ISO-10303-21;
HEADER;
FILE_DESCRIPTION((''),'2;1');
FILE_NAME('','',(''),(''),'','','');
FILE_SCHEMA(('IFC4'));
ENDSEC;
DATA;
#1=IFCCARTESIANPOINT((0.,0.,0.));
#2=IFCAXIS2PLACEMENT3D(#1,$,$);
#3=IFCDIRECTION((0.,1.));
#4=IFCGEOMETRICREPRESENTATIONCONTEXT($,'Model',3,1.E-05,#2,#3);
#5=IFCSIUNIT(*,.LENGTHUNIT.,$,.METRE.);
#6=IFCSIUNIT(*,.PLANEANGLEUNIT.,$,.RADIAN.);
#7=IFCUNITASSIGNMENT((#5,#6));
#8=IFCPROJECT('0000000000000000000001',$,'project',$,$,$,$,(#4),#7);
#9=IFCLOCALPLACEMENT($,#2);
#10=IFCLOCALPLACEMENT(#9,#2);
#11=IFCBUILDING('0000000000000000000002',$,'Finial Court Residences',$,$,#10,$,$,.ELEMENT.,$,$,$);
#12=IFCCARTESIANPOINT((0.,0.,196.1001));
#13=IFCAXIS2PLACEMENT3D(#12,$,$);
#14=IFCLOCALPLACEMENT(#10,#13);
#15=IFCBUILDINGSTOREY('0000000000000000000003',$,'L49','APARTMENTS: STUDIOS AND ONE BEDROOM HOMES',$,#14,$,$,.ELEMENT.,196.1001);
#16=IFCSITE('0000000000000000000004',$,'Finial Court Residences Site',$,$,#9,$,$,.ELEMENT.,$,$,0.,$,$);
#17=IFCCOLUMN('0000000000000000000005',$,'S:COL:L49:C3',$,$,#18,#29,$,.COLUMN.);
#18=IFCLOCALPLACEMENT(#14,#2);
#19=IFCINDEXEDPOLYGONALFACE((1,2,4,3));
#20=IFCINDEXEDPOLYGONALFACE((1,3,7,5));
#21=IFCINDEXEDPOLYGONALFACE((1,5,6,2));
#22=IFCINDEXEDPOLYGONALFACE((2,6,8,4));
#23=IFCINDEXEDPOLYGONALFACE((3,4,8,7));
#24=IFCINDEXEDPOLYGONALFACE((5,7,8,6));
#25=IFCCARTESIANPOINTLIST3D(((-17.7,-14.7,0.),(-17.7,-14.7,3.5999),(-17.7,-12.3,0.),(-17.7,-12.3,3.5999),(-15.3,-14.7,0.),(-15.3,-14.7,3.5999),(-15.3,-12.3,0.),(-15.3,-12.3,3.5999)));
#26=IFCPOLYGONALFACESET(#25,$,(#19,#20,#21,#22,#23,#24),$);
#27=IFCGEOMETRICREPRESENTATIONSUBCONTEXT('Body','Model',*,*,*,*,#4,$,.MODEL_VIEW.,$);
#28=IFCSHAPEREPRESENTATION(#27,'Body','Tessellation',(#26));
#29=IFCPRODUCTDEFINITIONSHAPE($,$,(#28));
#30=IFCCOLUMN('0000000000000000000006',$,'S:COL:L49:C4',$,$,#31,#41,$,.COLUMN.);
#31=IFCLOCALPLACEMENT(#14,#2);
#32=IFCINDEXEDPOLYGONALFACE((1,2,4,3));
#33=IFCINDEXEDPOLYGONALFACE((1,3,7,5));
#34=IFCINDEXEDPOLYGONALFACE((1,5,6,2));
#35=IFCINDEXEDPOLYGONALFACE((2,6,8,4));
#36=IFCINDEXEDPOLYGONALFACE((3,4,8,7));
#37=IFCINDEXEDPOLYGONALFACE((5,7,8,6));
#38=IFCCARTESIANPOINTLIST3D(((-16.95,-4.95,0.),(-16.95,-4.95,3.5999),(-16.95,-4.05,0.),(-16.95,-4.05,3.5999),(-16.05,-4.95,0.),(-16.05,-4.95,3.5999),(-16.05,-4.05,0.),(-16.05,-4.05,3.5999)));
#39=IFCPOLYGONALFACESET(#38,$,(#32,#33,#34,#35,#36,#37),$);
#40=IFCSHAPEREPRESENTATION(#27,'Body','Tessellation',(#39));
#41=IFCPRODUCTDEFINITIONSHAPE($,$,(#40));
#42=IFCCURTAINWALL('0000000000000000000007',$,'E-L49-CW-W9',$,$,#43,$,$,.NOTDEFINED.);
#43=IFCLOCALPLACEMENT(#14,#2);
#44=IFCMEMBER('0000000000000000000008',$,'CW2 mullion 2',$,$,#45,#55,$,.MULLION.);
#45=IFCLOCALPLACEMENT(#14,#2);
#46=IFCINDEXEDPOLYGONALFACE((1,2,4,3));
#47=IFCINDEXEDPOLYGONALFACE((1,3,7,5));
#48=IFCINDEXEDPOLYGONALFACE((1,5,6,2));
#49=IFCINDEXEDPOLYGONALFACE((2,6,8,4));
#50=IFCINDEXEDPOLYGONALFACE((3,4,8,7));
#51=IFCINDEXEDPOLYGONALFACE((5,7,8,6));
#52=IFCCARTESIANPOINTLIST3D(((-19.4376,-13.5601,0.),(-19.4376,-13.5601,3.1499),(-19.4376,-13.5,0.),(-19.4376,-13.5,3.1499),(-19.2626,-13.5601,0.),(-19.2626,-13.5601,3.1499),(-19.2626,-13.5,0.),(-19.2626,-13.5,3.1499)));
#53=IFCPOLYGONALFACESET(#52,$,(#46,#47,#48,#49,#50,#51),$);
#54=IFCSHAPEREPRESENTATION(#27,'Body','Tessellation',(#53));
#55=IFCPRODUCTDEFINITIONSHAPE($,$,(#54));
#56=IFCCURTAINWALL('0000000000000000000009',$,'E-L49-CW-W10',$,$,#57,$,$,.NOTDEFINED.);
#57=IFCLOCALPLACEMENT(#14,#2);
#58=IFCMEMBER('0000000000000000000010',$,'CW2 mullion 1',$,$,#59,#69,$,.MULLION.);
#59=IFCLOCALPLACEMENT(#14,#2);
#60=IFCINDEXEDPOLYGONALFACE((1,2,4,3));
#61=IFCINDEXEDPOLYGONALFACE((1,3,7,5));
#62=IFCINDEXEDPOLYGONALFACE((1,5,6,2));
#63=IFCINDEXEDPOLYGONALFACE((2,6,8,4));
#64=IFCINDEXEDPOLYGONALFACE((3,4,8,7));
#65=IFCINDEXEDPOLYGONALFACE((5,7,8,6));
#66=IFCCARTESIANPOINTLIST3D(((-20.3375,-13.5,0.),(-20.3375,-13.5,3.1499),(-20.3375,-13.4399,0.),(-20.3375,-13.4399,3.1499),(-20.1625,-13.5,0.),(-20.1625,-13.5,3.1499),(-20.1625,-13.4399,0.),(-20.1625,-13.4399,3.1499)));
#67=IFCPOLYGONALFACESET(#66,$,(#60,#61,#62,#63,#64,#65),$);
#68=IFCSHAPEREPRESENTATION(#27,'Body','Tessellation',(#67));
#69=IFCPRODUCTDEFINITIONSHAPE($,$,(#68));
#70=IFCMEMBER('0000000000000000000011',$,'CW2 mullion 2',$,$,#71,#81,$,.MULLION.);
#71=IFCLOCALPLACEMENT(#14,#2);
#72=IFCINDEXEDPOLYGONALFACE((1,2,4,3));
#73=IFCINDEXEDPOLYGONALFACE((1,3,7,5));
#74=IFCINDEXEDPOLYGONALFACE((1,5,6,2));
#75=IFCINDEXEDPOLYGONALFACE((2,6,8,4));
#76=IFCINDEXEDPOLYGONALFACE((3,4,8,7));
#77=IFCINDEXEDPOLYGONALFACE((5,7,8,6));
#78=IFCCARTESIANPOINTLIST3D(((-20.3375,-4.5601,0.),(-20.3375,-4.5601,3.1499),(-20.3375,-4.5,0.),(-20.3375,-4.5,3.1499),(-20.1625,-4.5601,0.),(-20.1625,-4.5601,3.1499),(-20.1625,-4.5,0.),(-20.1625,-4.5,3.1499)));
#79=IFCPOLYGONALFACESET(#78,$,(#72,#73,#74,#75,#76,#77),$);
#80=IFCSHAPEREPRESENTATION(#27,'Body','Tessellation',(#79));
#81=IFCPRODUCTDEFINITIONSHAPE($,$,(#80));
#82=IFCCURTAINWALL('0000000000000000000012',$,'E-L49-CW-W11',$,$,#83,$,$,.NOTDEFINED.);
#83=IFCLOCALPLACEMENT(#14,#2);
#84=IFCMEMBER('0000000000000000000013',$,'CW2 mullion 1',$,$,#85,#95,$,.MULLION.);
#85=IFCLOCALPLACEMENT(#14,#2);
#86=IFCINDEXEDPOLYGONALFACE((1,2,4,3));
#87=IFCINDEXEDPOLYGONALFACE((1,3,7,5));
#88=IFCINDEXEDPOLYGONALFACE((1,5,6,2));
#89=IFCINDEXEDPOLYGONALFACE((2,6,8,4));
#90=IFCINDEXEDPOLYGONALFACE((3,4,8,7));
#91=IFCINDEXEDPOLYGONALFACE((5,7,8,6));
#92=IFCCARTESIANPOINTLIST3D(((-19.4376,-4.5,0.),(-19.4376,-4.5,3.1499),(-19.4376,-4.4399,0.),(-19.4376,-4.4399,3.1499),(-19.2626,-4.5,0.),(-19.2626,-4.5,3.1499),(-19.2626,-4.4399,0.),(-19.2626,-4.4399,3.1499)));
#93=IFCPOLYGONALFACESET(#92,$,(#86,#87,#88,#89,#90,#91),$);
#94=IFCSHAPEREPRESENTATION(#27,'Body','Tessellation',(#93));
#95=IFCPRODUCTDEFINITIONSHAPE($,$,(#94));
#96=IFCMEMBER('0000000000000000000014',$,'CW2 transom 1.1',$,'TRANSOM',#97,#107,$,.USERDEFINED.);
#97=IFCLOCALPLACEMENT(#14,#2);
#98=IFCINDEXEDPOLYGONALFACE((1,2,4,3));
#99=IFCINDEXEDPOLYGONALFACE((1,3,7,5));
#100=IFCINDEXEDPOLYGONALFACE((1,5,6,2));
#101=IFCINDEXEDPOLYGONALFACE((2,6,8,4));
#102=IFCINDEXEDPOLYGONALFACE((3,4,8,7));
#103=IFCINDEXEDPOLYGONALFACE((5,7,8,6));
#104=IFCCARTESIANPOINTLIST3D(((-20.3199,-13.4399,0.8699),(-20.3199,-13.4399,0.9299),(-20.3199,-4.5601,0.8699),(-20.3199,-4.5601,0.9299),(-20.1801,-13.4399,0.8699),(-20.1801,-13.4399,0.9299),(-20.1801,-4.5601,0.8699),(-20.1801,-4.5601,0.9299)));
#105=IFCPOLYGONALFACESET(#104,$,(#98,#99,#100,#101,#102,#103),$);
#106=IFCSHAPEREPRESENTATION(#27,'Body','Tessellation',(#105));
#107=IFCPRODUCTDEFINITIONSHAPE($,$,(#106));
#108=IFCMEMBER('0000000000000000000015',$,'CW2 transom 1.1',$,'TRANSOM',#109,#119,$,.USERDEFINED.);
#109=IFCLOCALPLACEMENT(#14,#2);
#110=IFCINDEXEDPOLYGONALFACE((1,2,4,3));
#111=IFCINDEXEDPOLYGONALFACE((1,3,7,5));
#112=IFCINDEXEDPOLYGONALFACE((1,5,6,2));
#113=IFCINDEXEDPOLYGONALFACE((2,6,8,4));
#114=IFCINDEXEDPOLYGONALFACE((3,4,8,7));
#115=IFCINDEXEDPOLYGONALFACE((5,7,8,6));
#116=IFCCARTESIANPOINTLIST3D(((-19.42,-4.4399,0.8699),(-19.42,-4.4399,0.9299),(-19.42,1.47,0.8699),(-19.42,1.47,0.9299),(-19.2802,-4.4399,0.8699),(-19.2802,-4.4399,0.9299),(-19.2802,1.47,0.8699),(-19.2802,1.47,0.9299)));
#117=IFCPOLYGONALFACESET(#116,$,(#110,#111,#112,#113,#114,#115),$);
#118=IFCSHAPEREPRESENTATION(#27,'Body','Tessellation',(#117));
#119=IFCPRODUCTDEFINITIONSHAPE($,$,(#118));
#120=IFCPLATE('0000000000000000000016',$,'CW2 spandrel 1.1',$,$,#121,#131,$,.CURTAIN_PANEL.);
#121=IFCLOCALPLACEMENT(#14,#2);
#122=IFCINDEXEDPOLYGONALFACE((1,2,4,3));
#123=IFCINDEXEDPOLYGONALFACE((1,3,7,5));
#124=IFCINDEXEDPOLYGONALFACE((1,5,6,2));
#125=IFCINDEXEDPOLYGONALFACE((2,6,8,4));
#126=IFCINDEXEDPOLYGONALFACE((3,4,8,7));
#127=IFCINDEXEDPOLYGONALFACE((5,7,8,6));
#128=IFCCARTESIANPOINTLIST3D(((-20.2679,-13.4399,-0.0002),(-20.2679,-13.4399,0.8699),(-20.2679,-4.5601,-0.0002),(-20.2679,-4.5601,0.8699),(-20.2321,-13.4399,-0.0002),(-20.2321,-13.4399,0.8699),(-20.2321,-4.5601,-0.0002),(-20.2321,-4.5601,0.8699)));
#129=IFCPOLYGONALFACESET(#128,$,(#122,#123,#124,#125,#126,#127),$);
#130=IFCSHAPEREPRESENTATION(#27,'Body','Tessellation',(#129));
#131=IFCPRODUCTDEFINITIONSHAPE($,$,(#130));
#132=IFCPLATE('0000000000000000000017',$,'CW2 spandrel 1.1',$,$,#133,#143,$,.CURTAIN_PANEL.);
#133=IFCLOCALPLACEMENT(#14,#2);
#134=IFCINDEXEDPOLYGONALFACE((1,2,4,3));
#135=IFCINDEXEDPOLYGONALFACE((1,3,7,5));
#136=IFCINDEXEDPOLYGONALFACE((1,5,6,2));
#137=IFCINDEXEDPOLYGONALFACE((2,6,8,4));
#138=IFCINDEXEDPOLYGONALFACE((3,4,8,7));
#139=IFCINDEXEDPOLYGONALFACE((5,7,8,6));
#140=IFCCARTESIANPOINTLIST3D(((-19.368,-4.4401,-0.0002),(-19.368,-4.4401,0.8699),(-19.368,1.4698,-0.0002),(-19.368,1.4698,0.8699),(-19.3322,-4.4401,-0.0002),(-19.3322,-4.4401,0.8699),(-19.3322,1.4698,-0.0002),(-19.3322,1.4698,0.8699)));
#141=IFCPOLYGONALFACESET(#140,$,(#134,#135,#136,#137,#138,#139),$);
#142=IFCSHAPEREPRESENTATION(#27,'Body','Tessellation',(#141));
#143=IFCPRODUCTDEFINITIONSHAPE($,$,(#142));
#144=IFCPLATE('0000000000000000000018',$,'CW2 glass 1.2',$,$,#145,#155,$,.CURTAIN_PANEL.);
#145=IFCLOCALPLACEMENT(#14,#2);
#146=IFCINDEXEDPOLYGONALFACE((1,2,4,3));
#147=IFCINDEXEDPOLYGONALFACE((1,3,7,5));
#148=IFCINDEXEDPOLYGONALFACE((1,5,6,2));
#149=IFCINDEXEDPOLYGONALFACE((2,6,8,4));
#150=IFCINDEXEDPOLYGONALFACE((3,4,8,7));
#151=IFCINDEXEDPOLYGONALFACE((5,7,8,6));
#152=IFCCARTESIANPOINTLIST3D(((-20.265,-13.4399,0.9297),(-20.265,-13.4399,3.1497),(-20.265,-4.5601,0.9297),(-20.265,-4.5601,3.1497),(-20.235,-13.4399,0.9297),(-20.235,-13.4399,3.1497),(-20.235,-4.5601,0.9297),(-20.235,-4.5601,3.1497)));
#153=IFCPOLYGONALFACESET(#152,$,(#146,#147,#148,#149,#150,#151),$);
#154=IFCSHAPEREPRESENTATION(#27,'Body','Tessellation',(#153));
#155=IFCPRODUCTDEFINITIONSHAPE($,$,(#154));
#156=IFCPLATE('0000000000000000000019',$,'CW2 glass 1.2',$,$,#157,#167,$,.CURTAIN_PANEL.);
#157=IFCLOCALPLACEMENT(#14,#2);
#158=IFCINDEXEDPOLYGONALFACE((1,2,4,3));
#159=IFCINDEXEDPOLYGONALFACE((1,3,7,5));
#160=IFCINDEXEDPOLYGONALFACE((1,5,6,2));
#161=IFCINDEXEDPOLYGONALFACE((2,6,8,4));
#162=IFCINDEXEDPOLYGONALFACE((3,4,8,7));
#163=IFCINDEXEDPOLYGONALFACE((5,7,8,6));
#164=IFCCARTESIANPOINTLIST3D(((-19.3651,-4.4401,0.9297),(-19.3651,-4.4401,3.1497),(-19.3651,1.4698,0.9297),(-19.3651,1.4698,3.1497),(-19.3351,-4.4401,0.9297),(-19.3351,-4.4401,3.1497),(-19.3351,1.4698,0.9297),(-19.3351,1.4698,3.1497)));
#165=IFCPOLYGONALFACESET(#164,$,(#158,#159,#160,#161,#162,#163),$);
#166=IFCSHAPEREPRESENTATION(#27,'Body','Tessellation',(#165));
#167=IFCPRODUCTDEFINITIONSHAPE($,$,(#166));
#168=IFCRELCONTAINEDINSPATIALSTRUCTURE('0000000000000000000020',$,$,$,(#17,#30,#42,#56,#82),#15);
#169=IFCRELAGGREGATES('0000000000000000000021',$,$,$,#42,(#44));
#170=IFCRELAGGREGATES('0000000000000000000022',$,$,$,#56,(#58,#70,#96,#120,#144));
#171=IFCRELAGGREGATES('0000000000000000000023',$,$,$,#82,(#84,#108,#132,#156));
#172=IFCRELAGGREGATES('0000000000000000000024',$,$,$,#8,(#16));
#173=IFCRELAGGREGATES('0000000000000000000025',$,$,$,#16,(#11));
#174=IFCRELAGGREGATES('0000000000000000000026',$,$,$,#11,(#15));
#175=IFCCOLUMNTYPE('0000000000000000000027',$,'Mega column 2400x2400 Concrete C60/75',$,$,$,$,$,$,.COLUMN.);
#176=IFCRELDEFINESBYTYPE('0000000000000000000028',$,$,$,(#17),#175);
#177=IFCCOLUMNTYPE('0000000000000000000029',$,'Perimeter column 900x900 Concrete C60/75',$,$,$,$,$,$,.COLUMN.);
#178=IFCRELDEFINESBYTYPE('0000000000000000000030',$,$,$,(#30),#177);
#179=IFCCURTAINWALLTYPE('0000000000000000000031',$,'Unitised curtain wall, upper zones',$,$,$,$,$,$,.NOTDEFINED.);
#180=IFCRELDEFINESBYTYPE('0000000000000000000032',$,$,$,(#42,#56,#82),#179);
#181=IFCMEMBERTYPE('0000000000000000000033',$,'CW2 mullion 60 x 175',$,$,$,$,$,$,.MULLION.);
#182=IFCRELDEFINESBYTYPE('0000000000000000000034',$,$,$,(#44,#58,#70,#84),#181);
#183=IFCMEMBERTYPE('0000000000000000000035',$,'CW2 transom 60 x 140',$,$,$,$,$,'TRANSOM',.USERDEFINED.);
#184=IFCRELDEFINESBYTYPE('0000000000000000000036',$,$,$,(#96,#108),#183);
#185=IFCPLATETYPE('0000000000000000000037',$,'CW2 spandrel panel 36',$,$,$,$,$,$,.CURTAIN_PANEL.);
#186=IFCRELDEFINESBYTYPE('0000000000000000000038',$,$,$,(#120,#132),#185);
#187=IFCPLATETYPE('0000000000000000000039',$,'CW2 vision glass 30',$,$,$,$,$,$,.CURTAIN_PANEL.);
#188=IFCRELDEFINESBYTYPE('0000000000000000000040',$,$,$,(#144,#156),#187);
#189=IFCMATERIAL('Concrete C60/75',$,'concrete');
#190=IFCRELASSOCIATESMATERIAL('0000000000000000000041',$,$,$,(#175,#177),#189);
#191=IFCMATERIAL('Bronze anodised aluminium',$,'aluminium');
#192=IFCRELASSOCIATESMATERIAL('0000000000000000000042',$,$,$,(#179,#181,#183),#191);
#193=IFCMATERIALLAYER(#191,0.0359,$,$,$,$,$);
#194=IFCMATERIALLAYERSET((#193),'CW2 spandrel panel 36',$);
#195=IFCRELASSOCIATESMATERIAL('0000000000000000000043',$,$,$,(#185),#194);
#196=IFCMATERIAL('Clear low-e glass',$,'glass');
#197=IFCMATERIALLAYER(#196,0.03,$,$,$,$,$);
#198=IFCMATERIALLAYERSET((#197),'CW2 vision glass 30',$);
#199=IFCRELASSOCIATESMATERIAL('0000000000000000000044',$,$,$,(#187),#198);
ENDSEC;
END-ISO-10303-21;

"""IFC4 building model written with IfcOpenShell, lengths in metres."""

from ifc_helpers import new_model, si_unit, direction, frame, origin, origin_2d, place, context, subcontext, project, spatial, rectangle, extrude, material, layer, layer_set, material_profile, profile_set, type_object, element, aggregate, save


model = new_model("IFC4")

# Units and contexts
model_context = context("Model", 3, precision=1e-05, world=origin(), true_north=direction((0.0, 1.0)))
body_context = subcontext(model_context, "Body", "Model", "MODEL_VIEW")
ifc_project = project(units=[si_unit("LENGTHUNIT", "METRE"), si_unit("PLANEANGLEUNIT", "RADIAN")], contexts=[model_context])

# Site, building, storey
site_placement = place(None, origin())
site = spatial("IfcSite", under=ifc_project, at=site_placement, Name="Finial Court Residences Site", CompositionType="ELEMENT", RefElevation=0.0)
building_placement = place(site_placement, origin())
building = spatial("IfcBuilding", under=site, at=building_placement, Name="Finial Court Residences", CompositionType="ELEMENT")
storey_placement = place(building_placement, frame((0.0, 0.0, 196.1001)))
storey = spatial("IfcBuildingStorey", under=building, at=storey_placement, Name="L49", Description="APARTMENTS: STUDIOS AND ONE BEDROOM HOMES", CompositionType="ELEMENT", Elevation=196.1001)

# Columns
ifc_material_1 = material(Name="Concrete C60/75", Category="concrete")
ifc_material_profile_1 = material_profile(ifc_material_1, rectangle(XDim=2.3999, YDim=2.3999, at=origin_2d()), Name="2400x2400")
ifc_profile_set_1 = profile_set([ifc_material_profile_1], Name="Concrete C60/75")
column_type_1 = type_object("IfcColumnType", Name="Mega column 2400x2400 Concrete C60/75", PredefinedType="COLUMN", material=ifc_profile_set_1)
column_1_placement = place(storey_placement, frame((-16.5, -13.5, 0.0), z_axis=(0.0, 0.0, 1.0), x_axis=(1.0, 0.0, 0.0)))
element("IfcColumn", 1, at=column_1_placement, inside=storey, type_object=column_type_1, Name="S:COL:L49:C3", PredefinedType="COLUMN", context=body_context, shape_type="SweptSolid", body=[
    extrude(rectangle(XDim=2.3999, YDim=2.3999, at=origin_2d()), origin(), (0.0, 0.0, 1.0), 3.5999),
])
ifc_material_profile_2 = material_profile(ifc_material_1, rectangle(XDim=0.8999, YDim=0.8999, at=origin_2d()), Name="900x900")
ifc_profile_set_2 = profile_set([ifc_material_profile_2], Name="Concrete C60/75")
column_type_2 = type_object("IfcColumnType", Name="Perimeter column 900x900 Concrete C60/75", PredefinedType="COLUMN", material=ifc_profile_set_2)
column_2_placement = place(storey_placement, frame((-16.5, -4.5, 0.0), z_axis=(0.0, 0.0, 1.0), x_axis=(1.0, 0.0, 0.0)))
element("IfcColumn", 2, at=column_2_placement, inside=storey, type_object=column_type_2, Name="S:COL:L49:C4", PredefinedType="COLUMN", context=body_context, shape_type="SweptSolid", body=[
    extrude(rectangle(XDim=0.8999, YDim=0.8999, at=origin_2d()), origin(), (0.0, 0.0, 1.0), 3.5999),
])

# Curtain wall, member
ifc_material_2 = material(Name="Bronze anodised aluminium", Category="aluminium")
curtain_wall_type = type_object("IfcCurtainWallType", Name="Unitised curtain wall, upper zones", PredefinedType="NOTDEFINED", material=ifc_material_2)
curtain_wall_1_placement = place(storey_placement, origin())
curtain_wall_1 = element("IfcCurtainWall", 3, at=curtain_wall_1_placement, inside=storey, type_object=curtain_wall_type, Name="E-L49-CW-W9", PredefinedType="NOTDEFINED")
ifc_material_profile_3 = material_profile(ifc_material_2, rectangle(XDim=0.175, YDim=0.0601, at=origin_2d()), Name="CW2 mullion 60 x 175")
ifc_profile_set_3 = profile_set([ifc_material_profile_3], Name="Bronze anodised aluminium")
member_type_1 = type_object("IfcMemberType", Name="CW2 mullion 60 x 175", PredefinedType="MULLION", material=ifc_profile_set_3)
member_1_placement = place(storey_placement, frame((-19.3501, -13.53, 0.0), z_axis=(0.0, 0.0, 1.0), x_axis=(-1.0, 0.0, 0.0)))
member_1 = element("IfcMember", 4, at=member_1_placement, type_object=member_type_1, Name="CW2 mullion 2", PredefinedType="MULLION", context=body_context, shape_type="SweptSolid", body=[
    extrude(rectangle(XDim=0.175, YDim=0.0601, at=origin_2d()), origin(), (0.0, 0.0, 1.0), 3.1499),
])
aggregate(curtain_wall_1, [member_1])

# Curtain wall, members
curtain_wall_2_placement = place(storey_placement, origin())
curtain_wall_2 = element("IfcCurtainWall", 5, at=curtain_wall_2_placement, inside=storey, type_object=curtain_wall_type, Name="E-L49-CW-W10", PredefinedType="NOTDEFINED")
member_2_placement = place(storey_placement, frame((-20.25, -13.47, 0.0), z_axis=(0.0, 0.0, 1.0), x_axis=(-1.0, 0.0, 0.0)))
member_2 = element("IfcMember", 6, at=member_2_placement, type_object=member_type_1, Name="CW2 mullion 1", PredefinedType="MULLION", context=body_context, shape_type="SweptSolid", body=[
    extrude(rectangle(XDim=0.175, YDim=0.0601, at=origin_2d()), origin(), (0.0, 0.0, 1.0), 3.1499),
])
member_3_placement = place(storey_placement, frame((-20.25, -4.53, 0.0), z_axis=(0.0, 0.0, 1.0), x_axis=(-1.0, 0.0, 0.0)))
member_3 = element("IfcMember", 7, at=member_3_placement, type_object=member_type_1, Name="CW2 mullion 2", PredefinedType="MULLION", context=body_context, shape_type="SweptSolid", body=[
    extrude(rectangle(XDim=0.175, YDim=0.0601, at=origin_2d()), origin(), (0.0, 0.0, 1.0), 3.1499),
])

# Curtain wall, member
curtain_wall_3_placement = place(storey_placement, origin())
curtain_wall_3 = element("IfcCurtainWall", 8, at=curtain_wall_3_placement, inside=storey, type_object=curtain_wall_type, Name="E-L49-CW-W11", PredefinedType="NOTDEFINED")
member_4_placement = place(storey_placement, frame((-19.3501, -4.47, 0.0), z_axis=(0.0, 0.0, 1.0), x_axis=(-1.0, 0.0, 0.0)))
member_4 = element("IfcMember", 9, at=member_4_placement, type_object=member_type_1, Name="CW2 mullion 1", PredefinedType="MULLION", context=body_context, shape_type="SweptSolid", body=[
    extrude(rectangle(XDim=0.175, YDim=0.0601, at=origin_2d()), origin(), (0.0, 0.0, 1.0), 3.1499),
])

# Members
ifc_material_profile_4 = material_profile(ifc_material_2, rectangle(XDim=0.1399, YDim=0.0601, at=origin_2d()), Name="CW2 transom 60 x 140")
ifc_profile_set_4 = profile_set([ifc_material_profile_4], Name="Bronze anodised aluminium")
member_type_2 = type_object("IfcMemberType", Name="CW2 transom 60 x 140", ElementType="TRANSOM", PredefinedType="USERDEFINED", material=ifc_profile_set_4)
member_5_placement = place(storey_placement, frame((-20.25, -13.4399, 0.8999), z_axis=(0.0, 1.0, 0.0), x_axis=(-1.0, 0.0, 0.0)))
member_5 = element("IfcMember", 10, at=member_5_placement, type_object=member_type_2, Name="CW2 transom 1.1", ObjectType="TRANSOM", PredefinedType="USERDEFINED", context=body_context, shape_type="SweptSolid", body=[
    extrude(rectangle(XDim=0.1399, YDim=0.0601, at=origin_2d()), origin(), (0.0, 0.0, 1.0), 8.8799),
])
member_6_placement = place(storey_placement, frame((-19.3501, -4.4399, 0.8999), z_axis=(0.0, 1.0, 0.0), x_axis=(-1.0, 0.0, 0.0)))
member_6 = element("IfcMember", 11, at=member_6_placement, type_object=member_type_2, Name="CW2 transom 1.1", ObjectType="TRANSOM", PredefinedType="USERDEFINED", context=body_context, shape_type="SweptSolid", body=[
    extrude(rectangle(XDim=0.1399, YDim=0.0601, at=origin_2d()), origin(), (0.0, 0.0, 1.0), 5.9099),
])

# Plates
ifc_layer_1 = layer(ifc_material_2, 0.0359)
ifc_layer_set_1 = layer_set([ifc_layer_1], Name="CW2 spandrel panel 36")
plate_type_1 = type_object("IfcPlateType", Name="CW2 spandrel panel 36", PredefinedType="CURTAIN_PANEL", material=ifc_layer_set_1)
plate_1_placement = place(storey_placement, frame((-20.25, -9.0, -0.0002), z_axis=(0.0, 0.0, 1.0), x_axis=(0.0, 1.0, 0.0)))
plate_1 = element("IfcPlate", 12, at=plate_1_placement, type_object=plate_type_1, Name="CW2 spandrel 1.1", PredefinedType="CURTAIN_PANEL", context=body_context, shape_type="SweptSolid", body=[
    extrude(rectangle(XDim=8.8799, YDim=0.0359, at=origin_2d()), origin(), (0.0, 0.0, 1.0), 0.8701),
])
plate_2_placement = place(storey_placement, frame((-19.3501, -1.4851, -0.0002), z_axis=(0.0, 0.0, 1.0), x_axis=(0.0, 1.0, 0.0)))
plate_2 = element("IfcPlate", 13, at=plate_2_placement, type_object=plate_type_1, Name="CW2 spandrel 1.1", PredefinedType="CURTAIN_PANEL", context=body_context, shape_type="SweptSolid", body=[
    extrude(rectangle(XDim=5.9099, YDim=0.0359, at=origin_2d()), origin(), (0.0, 0.0, 1.0), 0.8701),
])
ifc_material_3 = material(Name="Clear low-e glass", Category="glass")
ifc_layer_2 = layer(ifc_material_3, 0.03)
ifc_layer_set_2 = layer_set([ifc_layer_2], Name="CW2 vision glass 30")
plate_type_2 = type_object("IfcPlateType", Name="CW2 vision glass 30", PredefinedType="CURTAIN_PANEL", material=ifc_layer_set_2)
plate_3_placement = place(storey_placement, frame((-20.25, -9.0, 0.9297), z_axis=(0.0, 0.0, 1.0), x_axis=(0.0, 1.0, 0.0)))
plate_3 = element("IfcPlate", 14, at=plate_3_placement, type_object=plate_type_2, Name="CW2 glass 1.2", PredefinedType="CURTAIN_PANEL", context=body_context, shape_type="SweptSolid", body=[
    extrude(rectangle(XDim=8.8799, YDim=0.03, at=origin_2d()), origin(), (0.0, 0.0, 1.0), 2.22),
])
aggregate(curtain_wall_2, [member_2, member_3, member_5, plate_1, plate_3])
plate_4_placement = place(storey_placement, frame((-19.3501, -1.4851, 0.9297), z_axis=(0.0, 0.0, 1.0), x_axis=(0.0, 1.0, 0.0)))
plate_4 = element("IfcPlate", 15, at=plate_4_placement, type_object=plate_type_2, Name="CW2 glass 1.2", PredefinedType="CURTAIN_PANEL", context=body_context, shape_type="SweptSolid", body=[
    extrude(rectangle(XDim=5.9099, YDim=0.03, at=origin_2d()), origin(), (0.0, 0.0, 1.0), 2.22),
])
aggregate(curtain_wall_3, [member_4, member_6, plate_2, plate_4])

save(model, "model.ifc")
